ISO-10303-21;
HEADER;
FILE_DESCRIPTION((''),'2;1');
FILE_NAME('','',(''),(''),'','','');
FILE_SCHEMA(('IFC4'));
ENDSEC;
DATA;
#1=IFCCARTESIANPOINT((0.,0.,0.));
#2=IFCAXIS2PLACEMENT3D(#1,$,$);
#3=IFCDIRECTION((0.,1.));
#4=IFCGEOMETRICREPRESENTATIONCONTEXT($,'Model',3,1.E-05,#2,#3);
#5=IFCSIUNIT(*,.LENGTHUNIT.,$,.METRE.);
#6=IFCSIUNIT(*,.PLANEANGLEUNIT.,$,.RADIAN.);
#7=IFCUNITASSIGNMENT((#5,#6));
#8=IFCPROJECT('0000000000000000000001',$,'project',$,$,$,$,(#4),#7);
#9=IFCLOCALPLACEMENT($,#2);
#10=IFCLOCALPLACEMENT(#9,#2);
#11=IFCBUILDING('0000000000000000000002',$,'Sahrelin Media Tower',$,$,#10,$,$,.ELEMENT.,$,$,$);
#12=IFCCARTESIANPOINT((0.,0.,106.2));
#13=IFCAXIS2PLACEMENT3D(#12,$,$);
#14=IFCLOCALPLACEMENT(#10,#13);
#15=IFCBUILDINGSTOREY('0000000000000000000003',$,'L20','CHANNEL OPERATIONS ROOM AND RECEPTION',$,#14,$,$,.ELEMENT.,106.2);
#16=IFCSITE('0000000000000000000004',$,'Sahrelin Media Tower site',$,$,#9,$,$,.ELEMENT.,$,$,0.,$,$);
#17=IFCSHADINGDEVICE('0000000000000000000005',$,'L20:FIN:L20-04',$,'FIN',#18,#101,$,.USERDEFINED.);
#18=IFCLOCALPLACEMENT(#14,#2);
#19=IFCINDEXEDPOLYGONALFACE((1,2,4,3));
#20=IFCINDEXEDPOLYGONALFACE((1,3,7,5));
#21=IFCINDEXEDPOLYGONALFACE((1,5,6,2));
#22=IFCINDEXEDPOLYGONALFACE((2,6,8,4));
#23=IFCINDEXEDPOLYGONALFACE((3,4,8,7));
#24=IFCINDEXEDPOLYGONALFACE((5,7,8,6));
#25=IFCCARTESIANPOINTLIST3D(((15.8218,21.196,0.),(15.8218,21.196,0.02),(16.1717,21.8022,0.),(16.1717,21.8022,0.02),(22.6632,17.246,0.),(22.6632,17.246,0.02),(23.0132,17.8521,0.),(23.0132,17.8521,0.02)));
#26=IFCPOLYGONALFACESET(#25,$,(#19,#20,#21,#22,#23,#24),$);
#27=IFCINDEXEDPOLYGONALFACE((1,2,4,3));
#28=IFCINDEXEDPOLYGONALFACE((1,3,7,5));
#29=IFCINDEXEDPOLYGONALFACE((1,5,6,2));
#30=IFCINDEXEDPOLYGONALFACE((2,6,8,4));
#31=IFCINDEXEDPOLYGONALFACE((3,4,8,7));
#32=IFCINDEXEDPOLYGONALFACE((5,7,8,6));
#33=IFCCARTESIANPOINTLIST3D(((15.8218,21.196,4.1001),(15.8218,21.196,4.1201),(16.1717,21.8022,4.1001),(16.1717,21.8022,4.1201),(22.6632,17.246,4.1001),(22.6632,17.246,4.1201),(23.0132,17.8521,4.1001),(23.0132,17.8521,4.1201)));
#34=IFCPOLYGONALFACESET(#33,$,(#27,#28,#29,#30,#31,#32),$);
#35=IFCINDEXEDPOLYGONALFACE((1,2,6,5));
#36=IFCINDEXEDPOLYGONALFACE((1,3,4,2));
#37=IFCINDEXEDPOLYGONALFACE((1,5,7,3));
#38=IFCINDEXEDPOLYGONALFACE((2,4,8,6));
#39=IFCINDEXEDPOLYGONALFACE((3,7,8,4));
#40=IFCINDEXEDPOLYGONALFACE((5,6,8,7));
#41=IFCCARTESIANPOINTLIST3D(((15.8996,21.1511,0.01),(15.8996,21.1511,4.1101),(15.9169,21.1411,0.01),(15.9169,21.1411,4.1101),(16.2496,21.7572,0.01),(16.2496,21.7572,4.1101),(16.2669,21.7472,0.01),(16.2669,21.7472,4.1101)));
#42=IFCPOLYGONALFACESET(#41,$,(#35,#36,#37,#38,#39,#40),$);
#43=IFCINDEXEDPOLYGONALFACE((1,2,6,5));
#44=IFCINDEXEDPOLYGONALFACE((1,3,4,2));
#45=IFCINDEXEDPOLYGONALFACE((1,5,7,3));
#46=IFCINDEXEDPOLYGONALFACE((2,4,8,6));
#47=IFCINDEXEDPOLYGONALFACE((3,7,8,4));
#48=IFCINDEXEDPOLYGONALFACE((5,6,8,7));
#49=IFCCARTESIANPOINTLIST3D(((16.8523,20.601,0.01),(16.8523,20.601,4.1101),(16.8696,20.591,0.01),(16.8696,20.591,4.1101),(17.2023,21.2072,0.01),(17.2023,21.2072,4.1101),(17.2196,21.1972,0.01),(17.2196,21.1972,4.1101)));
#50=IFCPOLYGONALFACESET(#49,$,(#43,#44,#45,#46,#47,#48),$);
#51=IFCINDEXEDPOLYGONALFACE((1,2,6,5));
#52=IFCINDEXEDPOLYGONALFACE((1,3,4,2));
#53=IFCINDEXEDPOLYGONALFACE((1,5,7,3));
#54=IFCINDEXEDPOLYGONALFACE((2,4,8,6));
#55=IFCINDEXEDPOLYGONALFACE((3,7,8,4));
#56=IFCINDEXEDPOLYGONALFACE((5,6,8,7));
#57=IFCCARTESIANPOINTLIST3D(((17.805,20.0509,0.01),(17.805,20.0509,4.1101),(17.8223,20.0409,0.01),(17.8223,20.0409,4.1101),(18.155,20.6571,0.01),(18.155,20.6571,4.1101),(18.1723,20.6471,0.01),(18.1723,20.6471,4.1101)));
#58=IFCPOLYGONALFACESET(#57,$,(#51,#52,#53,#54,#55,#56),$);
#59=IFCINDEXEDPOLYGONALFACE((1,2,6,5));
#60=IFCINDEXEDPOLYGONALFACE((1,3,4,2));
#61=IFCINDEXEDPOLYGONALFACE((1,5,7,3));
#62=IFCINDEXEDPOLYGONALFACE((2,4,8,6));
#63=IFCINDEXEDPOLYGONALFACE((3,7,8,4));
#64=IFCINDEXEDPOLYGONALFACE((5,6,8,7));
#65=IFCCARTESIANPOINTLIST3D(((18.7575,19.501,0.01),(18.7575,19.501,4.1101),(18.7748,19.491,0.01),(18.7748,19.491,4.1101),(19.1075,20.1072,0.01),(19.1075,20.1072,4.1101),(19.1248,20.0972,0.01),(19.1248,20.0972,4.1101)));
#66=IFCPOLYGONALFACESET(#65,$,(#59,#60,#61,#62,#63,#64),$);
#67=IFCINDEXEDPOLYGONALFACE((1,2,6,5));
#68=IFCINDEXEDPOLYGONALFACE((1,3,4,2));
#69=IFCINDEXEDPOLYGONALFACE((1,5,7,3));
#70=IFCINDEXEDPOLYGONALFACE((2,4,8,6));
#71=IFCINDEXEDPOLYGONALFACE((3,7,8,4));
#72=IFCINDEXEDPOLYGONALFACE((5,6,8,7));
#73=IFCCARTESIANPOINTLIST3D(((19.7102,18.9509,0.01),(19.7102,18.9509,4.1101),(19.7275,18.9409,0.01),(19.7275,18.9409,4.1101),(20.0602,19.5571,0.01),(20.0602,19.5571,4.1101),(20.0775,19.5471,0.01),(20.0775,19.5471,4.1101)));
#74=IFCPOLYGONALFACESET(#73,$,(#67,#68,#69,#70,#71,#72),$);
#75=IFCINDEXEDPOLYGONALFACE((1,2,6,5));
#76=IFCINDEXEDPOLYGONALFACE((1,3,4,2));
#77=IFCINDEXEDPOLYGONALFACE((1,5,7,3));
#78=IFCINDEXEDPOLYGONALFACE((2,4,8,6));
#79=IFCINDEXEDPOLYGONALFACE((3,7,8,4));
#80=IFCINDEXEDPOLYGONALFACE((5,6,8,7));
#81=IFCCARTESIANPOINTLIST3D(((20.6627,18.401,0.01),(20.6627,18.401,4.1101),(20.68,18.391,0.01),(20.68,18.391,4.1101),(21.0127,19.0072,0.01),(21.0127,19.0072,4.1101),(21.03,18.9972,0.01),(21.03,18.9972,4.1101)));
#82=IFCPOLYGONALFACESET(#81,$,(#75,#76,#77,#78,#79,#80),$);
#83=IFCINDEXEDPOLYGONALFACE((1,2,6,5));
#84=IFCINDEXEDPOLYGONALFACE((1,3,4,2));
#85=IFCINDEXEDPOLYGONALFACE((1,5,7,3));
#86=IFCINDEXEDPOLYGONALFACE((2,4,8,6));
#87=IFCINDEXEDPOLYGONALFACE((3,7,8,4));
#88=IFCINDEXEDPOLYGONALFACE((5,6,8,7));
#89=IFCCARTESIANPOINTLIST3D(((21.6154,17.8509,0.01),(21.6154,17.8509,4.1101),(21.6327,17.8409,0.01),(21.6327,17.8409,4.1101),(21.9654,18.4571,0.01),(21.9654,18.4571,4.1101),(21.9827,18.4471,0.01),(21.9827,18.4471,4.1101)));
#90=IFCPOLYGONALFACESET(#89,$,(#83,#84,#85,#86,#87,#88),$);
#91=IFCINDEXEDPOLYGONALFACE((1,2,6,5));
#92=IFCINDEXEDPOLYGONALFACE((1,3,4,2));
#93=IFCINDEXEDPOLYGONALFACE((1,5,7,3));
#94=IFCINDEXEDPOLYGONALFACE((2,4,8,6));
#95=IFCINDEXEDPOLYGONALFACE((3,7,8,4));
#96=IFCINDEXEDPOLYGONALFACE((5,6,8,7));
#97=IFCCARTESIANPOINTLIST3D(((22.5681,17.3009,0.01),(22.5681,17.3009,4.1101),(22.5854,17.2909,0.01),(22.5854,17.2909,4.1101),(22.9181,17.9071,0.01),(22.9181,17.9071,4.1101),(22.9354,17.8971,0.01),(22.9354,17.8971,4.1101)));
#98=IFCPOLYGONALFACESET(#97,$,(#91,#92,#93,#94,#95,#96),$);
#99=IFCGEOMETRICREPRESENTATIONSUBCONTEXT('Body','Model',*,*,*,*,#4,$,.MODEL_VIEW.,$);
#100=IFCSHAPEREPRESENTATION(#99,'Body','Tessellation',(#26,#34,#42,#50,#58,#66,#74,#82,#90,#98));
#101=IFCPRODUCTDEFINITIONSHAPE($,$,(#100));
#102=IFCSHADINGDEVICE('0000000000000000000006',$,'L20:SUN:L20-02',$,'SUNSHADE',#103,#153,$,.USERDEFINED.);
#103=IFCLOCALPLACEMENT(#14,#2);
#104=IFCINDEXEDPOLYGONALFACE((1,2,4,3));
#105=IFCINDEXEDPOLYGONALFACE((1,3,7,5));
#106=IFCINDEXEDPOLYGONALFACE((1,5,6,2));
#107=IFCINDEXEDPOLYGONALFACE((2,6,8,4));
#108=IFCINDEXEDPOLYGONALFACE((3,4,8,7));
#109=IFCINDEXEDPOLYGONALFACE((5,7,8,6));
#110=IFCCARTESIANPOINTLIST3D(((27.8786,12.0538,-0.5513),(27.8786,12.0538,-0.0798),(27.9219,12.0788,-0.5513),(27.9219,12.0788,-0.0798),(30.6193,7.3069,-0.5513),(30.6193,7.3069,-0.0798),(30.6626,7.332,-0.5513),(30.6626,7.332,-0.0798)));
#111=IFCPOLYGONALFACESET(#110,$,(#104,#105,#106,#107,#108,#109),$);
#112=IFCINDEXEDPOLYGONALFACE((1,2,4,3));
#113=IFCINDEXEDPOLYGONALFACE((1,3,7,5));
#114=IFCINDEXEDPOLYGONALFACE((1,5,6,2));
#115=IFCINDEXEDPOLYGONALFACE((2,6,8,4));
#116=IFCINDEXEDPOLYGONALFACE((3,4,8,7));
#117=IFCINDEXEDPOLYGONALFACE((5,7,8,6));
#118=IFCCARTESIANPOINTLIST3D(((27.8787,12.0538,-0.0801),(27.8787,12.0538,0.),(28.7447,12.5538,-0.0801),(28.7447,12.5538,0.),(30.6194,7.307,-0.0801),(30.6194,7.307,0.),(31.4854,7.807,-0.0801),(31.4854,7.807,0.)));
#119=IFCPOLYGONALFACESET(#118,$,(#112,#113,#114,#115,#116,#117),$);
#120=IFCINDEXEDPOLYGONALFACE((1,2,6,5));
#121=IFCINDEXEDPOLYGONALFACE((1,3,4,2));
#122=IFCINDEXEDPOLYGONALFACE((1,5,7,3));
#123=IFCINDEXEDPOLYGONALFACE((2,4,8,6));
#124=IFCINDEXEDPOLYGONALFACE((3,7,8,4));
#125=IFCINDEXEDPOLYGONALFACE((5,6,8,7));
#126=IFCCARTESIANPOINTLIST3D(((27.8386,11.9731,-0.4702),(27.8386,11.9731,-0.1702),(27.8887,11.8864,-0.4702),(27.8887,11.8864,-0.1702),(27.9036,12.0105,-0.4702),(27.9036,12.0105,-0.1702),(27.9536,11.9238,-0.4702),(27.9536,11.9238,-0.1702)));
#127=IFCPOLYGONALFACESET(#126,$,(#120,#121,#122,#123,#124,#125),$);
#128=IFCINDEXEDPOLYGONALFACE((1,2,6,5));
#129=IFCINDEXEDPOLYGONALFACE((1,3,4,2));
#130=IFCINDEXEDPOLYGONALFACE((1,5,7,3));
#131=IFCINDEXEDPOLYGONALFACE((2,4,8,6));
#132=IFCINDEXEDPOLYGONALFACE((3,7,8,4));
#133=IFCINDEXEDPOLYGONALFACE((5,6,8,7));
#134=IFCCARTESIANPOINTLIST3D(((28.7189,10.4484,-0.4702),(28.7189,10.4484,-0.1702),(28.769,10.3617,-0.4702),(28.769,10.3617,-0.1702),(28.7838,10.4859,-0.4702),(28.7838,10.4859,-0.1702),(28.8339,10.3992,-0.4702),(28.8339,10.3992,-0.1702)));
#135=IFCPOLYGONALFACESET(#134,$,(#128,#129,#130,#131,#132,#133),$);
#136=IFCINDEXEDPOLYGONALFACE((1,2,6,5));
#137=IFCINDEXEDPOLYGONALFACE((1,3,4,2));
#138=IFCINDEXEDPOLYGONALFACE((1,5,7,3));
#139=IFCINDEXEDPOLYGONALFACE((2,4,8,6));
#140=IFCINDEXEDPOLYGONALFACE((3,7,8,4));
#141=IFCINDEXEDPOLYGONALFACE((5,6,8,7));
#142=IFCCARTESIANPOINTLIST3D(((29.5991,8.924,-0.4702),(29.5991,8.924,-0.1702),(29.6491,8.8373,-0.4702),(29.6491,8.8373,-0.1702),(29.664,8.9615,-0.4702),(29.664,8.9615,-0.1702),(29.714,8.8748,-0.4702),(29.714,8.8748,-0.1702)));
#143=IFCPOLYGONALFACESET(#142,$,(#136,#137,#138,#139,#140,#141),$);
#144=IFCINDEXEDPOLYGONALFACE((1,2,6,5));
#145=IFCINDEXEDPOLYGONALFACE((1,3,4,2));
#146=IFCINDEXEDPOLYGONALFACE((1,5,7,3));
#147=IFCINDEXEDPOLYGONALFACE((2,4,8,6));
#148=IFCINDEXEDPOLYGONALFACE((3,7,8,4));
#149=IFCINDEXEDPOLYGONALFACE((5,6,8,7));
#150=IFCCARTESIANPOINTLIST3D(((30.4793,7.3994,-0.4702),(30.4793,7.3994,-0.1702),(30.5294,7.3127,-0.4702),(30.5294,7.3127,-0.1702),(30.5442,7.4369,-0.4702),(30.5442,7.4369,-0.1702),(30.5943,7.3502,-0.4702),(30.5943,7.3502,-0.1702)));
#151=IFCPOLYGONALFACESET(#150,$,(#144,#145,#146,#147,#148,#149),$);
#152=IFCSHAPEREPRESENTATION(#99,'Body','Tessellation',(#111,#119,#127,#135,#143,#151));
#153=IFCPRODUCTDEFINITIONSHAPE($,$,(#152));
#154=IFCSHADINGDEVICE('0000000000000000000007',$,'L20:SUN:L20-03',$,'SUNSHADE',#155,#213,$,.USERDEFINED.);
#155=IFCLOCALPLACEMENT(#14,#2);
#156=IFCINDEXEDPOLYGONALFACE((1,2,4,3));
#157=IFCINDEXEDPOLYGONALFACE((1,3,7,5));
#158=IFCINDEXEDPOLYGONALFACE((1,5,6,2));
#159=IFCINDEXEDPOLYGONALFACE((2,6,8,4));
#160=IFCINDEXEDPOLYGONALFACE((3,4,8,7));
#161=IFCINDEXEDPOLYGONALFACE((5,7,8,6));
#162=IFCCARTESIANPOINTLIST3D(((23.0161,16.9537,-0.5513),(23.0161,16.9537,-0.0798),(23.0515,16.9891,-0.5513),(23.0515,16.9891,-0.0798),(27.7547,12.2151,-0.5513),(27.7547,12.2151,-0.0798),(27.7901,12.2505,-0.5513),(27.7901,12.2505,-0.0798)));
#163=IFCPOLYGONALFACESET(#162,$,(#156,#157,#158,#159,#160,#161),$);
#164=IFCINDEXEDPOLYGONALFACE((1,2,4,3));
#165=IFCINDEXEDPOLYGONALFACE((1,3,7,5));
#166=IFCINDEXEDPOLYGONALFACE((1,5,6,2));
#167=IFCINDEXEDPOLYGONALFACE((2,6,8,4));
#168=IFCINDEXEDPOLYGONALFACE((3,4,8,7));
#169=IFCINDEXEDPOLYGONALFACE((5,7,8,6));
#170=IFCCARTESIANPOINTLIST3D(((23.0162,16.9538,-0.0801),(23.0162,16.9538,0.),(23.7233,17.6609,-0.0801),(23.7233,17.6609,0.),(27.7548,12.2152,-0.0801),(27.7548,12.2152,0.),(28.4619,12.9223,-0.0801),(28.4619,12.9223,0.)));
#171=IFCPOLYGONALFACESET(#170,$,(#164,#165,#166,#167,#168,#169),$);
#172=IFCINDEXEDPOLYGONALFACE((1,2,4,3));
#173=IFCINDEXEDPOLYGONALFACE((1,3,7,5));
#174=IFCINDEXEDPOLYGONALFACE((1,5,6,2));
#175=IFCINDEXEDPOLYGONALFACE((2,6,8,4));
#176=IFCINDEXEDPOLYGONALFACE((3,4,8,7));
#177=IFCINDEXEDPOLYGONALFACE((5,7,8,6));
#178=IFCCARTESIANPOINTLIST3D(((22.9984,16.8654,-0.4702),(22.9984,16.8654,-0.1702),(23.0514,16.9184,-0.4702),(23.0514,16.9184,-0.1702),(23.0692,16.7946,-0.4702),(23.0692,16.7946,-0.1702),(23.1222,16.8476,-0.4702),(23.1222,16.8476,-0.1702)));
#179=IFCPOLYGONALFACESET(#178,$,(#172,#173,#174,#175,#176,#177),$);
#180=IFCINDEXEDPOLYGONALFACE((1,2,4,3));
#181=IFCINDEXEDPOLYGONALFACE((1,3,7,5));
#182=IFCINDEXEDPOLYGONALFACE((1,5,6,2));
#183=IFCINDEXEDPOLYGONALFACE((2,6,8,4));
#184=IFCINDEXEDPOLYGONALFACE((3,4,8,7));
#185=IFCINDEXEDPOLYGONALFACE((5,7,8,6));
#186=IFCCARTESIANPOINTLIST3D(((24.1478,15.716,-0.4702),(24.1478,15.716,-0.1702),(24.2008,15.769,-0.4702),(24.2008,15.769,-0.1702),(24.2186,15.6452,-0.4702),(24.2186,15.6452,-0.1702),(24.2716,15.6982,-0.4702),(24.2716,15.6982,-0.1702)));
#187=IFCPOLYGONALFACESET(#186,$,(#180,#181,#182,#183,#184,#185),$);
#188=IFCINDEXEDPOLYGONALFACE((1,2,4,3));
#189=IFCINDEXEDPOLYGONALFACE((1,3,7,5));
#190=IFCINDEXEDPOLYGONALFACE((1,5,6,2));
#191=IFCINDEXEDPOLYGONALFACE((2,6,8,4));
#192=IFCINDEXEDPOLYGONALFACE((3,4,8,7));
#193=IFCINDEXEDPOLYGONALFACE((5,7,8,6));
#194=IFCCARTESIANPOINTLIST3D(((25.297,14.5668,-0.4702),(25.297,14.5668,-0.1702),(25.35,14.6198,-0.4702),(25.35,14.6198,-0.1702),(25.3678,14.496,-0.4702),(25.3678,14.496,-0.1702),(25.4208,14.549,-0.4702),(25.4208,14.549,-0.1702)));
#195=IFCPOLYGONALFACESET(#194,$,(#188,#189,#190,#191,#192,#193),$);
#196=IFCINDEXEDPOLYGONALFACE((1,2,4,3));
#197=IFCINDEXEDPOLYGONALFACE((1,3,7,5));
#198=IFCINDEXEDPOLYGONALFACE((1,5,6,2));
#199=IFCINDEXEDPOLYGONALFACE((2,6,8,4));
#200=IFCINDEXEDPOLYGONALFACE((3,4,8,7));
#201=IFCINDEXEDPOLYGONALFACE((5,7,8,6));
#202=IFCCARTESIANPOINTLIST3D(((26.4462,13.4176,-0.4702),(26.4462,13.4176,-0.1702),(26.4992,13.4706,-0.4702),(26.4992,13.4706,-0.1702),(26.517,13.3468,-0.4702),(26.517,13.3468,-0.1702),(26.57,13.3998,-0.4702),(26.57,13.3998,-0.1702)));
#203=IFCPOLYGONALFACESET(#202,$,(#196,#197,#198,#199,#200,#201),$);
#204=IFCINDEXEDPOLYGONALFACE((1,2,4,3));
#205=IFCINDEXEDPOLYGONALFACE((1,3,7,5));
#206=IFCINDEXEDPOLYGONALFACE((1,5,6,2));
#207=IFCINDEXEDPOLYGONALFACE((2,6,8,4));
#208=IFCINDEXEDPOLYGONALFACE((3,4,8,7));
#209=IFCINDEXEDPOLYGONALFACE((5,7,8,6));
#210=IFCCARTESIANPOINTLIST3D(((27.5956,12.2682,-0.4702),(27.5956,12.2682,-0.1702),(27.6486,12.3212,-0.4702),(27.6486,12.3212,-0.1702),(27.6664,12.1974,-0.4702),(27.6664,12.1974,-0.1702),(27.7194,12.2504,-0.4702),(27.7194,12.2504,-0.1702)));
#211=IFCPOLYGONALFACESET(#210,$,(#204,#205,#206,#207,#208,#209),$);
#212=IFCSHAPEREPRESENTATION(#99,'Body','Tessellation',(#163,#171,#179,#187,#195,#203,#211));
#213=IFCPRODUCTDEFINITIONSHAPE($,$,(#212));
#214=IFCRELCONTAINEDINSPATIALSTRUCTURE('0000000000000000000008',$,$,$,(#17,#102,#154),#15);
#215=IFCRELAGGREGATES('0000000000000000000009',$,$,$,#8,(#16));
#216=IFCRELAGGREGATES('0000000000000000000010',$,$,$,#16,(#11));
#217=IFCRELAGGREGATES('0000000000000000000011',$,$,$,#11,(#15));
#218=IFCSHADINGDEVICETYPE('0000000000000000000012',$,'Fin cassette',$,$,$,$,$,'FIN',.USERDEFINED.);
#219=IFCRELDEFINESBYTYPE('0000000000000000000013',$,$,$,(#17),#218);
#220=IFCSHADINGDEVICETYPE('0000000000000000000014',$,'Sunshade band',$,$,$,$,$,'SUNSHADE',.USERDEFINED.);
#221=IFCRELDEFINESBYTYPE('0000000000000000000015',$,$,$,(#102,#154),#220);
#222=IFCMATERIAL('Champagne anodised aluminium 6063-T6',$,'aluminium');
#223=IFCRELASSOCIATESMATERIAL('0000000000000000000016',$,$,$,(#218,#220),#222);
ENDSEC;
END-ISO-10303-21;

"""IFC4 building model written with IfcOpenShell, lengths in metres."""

from ifc_helpers import new_model, si_unit, direction, frame, origin, origin_2d, place, context, subcontext, project, spatial, rectangle, extrude, material, type_object, element, save


model = new_model("IFC4")

# Units and contexts
model_context = context("Model", 3, precision=1e-05, world=origin(), true_north=direction((0.0, 1.0)))
body_context = subcontext(model_context, "Body", "Model", "MODEL_VIEW")
ifc_project = project(units=[si_unit("LENGTHUNIT", "METRE"), si_unit("PLANEANGLEUNIT", "RADIAN")], contexts=[model_context])

# Site, building, storey
site_placement = place(None, origin())
site = spatial("IfcSite", under=ifc_project, at=site_placement, Name="Sahrelin Media Tower site", CompositionType="ELEMENT", RefElevation=0.0)
building_placement = place(site_placement, origin())
building = spatial("IfcBuilding", under=site, at=building_placement, Name="Sahrelin Media Tower", CompositionType="ELEMENT")
storey_placement = place(building_placement, frame((0.0, 0.0, 106.2)))
storey = spatial("IfcBuildingStorey", under=building, at=storey_placement, Name="L20", Description="CHANNEL OPERATIONS ROOM AND RECEPTION", CompositionType="ELEMENT", Elevation=106.2)

# Shared definitions
ifc_material_1 = material(Name="Champagne anodised aluminium 6063-T6", Category="aluminium")

# Shading devices
shading_device_type_1 = type_object("IfcShadingDeviceType", Name="Fin cassette", ElementType="FIN", PredefinedType="USERDEFINED", material=ifc_material_1)
placement_1 = place(storey_placement, frame((29.2317, 9.6704, 0.0), z_axis=(0.0, 0.0, 1.0), x_axis=(0.500011, -0.866019, 0.0)))
placement_2 = place(storey_placement, frame((25.3713, 14.5703, 0.0), z_axis=(0.0, 0.0, 1.0), x_axis=(0.707107, -0.707107, 0.0)))
placement_3 = place(storey_placement, frame((19.2075, 19.1604, 0.0), z_axis=(0.0, 0.0, 1.0), x_axis=(0.866019, -0.500011, 0.0)))
element("IfcShadingDevice", 1, at=placement_3, inside=storey, type_object=shading_device_type_1, Name="L20:FIN:L20-04", ObjectType="FIN", PredefinedType="USERDEFINED", context=body_context, shape_type="SweptSolid", body=[
    extrude(rectangle(XDim=7.8999, YDim=0.7, at=origin_2d()), frame((0.0, 0.4199, 0.0)), (0.0, 0.0, 1.0), 0.02),
    extrude(rectangle(XDim=7.8999, YDim=0.7, at=origin_2d()), frame((0.0, 0.4199, 4.1001)), (0.0, 0.0, 1.0), 0.02),
    extrude(rectangle(XDim=0.02, YDim=0.7, at=origin_2d()), frame((-3.8501, 0.4199, 0.01), z_axis=(0.0, 0.0, 1.0), x_axis=(1.0, 0.0, 0.0)), (0.0, 0.0, 1.0), 4.1001),
    extrude(rectangle(XDim=0.02, YDim=0.7, at=origin_2d()), frame((-2.75, 0.4199, 0.01), z_axis=(0.0, 0.0, 1.0), x_axis=(1.0, 0.0, 0.0)), (0.0, 0.0, 1.0), 4.1001),
    extrude(rectangle(XDim=0.02, YDim=0.7, at=origin_2d()), frame((-1.6499, 0.4199, 0.01), z_axis=(0.0, 0.0, 1.0), x_axis=(1.0, 0.0, 0.0)), (0.0, 0.0, 1.0), 4.1001),
    extrude(rectangle(XDim=0.02, YDim=0.7, at=origin_2d()), frame((-0.55, 0.4199, 0.01), z_axis=(0.0, 0.0, 1.0), x_axis=(1.0, 0.0, 0.0)), (0.0, 0.0, 1.0), 4.1001),
    extrude(rectangle(XDim=0.02, YDim=0.7, at=origin_2d()), frame((0.55, 0.4199, 0.01), z_axis=(0.0, 0.0, 1.0), x_axis=(1.0, 0.0, 0.0)), (0.0, 0.0, 1.0), 4.1001),
    extrude(rectangle(XDim=0.02, YDim=0.7, at=origin_2d()), frame((1.6499, 0.4199, 0.01), z_axis=(0.0, 0.0, 1.0), x_axis=(1.0, 0.0, 0.0)), (0.0, 0.0, 1.0), 4.1001),
    extrude(rectangle(XDim=0.02, YDim=0.7, at=origin_2d()), frame((2.75, 0.4199, 0.01), z_axis=(0.0, 0.0, 1.0), x_axis=(1.0, 0.0, 0.0)), (0.0, 0.0, 1.0), 4.1001),
    extrude(rectangle(XDim=0.02, YDim=0.7, at=origin_2d()), frame((3.8501, 0.4199, 0.01), z_axis=(0.0, 0.0, 1.0), x_axis=(1.0, 0.0, 0.0)), (0.0, 0.0, 1.0), 4.1001),
])
shading_device_type_2 = type_object("IfcShadingDeviceType", Name="Sunshade band", ElementType="SUNSHADE", PredefinedType="USERDEFINED", material=ifc_material_1)
element("IfcShadingDevice", 2, at=placement_1, inside=storey, type_object=shading_device_type_2, Name="L20:SUN:L20-02", ObjectType="SUNSHADE", PredefinedType="USERDEFINED", context=body_context, shape_type="SweptSolid", body=[
    extrude(rectangle(XDim=5.4812, YDim=0.05, at=origin_2d()), frame((0.0, 0.0449, -0.5513)), (0.0, 0.0, 1.0), 0.4714),
    extrude(rectangle(XDim=5.4812, YDim=1.0, at=origin_2d()), frame((0.0, 0.52, -0.0801)), (0.0, 0.0, 1.0), 0.0801),
    extrude(rectangle(XDim=0.1001, YDim=0.075, at=origin_2d()), frame((-2.6406, -0.0176, -0.4702)), (0.0, 0.0, 1.0), 0.3),
    extrude(rectangle(XDim=0.1001, YDim=0.075, at=origin_2d()), frame((-0.8801, -0.0176, -0.4702)), (0.0, 0.0, 1.0), 0.3),
    extrude(rectangle(XDim=0.1001, YDim=0.075, at=origin_2d()), frame((0.8801, -0.0176, -0.4702)), (0.0, 0.0, 1.0), 0.3),
    extrude(rectangle(XDim=0.1001, YDim=0.075, at=origin_2d()), frame((2.6406, -0.0176, -0.4702)), (0.0, 0.0, 1.0), 0.3),
])
element("IfcShadingDevice", 3, at=placement_2, inside=storey, type_object=shading_device_type_2, Name="L20:SUN:L20-03", ObjectType="SUNSHADE", PredefinedType="USERDEFINED", context=body_context, shape_type="SweptSolid", body=[
    extrude(rectangle(XDim=6.7014, YDim=0.05, at=origin_2d()), frame((0.0, 0.0449, -0.5513)), (0.0, 0.0, 1.0), 0.4714),
    extrude(rectangle(XDim=6.7014, YDim=1.0, at=origin_2d()), frame((0.0, 0.52, -0.0801)), (0.0, 0.0, 1.0), 0.0801),
    extrude(rectangle(XDim=0.1001, YDim=0.075, at=origin_2d()), frame((-3.2507, -0.0176, -0.4702)), (0.0, 0.0, 1.0), 0.3),
    extrude(rectangle(XDim=0.1001, YDim=0.075, at=origin_2d()), frame((-1.6252, -0.0176, -0.4702)), (0.0, 0.0, 1.0), 0.3),
    extrude(rectangle(XDim=0.1001, YDim=0.075, at=origin_2d()), frame((0.0, -0.0176, -0.4702)), (0.0, 0.0, 1.0), 0.3),
    extrude(rectangle(XDim=0.1001, YDim=0.075, at=origin_2d()), frame((1.6252, -0.0176, -0.4702)), (0.0, 0.0, 1.0), 0.3),
    extrude(rectangle(XDim=0.1001, YDim=0.075, at=origin_2d()), frame((3.2507, -0.0176, -0.4702)), (0.0, 0.0, 1.0), 0.3),
])

save(model, "model.ifc")
